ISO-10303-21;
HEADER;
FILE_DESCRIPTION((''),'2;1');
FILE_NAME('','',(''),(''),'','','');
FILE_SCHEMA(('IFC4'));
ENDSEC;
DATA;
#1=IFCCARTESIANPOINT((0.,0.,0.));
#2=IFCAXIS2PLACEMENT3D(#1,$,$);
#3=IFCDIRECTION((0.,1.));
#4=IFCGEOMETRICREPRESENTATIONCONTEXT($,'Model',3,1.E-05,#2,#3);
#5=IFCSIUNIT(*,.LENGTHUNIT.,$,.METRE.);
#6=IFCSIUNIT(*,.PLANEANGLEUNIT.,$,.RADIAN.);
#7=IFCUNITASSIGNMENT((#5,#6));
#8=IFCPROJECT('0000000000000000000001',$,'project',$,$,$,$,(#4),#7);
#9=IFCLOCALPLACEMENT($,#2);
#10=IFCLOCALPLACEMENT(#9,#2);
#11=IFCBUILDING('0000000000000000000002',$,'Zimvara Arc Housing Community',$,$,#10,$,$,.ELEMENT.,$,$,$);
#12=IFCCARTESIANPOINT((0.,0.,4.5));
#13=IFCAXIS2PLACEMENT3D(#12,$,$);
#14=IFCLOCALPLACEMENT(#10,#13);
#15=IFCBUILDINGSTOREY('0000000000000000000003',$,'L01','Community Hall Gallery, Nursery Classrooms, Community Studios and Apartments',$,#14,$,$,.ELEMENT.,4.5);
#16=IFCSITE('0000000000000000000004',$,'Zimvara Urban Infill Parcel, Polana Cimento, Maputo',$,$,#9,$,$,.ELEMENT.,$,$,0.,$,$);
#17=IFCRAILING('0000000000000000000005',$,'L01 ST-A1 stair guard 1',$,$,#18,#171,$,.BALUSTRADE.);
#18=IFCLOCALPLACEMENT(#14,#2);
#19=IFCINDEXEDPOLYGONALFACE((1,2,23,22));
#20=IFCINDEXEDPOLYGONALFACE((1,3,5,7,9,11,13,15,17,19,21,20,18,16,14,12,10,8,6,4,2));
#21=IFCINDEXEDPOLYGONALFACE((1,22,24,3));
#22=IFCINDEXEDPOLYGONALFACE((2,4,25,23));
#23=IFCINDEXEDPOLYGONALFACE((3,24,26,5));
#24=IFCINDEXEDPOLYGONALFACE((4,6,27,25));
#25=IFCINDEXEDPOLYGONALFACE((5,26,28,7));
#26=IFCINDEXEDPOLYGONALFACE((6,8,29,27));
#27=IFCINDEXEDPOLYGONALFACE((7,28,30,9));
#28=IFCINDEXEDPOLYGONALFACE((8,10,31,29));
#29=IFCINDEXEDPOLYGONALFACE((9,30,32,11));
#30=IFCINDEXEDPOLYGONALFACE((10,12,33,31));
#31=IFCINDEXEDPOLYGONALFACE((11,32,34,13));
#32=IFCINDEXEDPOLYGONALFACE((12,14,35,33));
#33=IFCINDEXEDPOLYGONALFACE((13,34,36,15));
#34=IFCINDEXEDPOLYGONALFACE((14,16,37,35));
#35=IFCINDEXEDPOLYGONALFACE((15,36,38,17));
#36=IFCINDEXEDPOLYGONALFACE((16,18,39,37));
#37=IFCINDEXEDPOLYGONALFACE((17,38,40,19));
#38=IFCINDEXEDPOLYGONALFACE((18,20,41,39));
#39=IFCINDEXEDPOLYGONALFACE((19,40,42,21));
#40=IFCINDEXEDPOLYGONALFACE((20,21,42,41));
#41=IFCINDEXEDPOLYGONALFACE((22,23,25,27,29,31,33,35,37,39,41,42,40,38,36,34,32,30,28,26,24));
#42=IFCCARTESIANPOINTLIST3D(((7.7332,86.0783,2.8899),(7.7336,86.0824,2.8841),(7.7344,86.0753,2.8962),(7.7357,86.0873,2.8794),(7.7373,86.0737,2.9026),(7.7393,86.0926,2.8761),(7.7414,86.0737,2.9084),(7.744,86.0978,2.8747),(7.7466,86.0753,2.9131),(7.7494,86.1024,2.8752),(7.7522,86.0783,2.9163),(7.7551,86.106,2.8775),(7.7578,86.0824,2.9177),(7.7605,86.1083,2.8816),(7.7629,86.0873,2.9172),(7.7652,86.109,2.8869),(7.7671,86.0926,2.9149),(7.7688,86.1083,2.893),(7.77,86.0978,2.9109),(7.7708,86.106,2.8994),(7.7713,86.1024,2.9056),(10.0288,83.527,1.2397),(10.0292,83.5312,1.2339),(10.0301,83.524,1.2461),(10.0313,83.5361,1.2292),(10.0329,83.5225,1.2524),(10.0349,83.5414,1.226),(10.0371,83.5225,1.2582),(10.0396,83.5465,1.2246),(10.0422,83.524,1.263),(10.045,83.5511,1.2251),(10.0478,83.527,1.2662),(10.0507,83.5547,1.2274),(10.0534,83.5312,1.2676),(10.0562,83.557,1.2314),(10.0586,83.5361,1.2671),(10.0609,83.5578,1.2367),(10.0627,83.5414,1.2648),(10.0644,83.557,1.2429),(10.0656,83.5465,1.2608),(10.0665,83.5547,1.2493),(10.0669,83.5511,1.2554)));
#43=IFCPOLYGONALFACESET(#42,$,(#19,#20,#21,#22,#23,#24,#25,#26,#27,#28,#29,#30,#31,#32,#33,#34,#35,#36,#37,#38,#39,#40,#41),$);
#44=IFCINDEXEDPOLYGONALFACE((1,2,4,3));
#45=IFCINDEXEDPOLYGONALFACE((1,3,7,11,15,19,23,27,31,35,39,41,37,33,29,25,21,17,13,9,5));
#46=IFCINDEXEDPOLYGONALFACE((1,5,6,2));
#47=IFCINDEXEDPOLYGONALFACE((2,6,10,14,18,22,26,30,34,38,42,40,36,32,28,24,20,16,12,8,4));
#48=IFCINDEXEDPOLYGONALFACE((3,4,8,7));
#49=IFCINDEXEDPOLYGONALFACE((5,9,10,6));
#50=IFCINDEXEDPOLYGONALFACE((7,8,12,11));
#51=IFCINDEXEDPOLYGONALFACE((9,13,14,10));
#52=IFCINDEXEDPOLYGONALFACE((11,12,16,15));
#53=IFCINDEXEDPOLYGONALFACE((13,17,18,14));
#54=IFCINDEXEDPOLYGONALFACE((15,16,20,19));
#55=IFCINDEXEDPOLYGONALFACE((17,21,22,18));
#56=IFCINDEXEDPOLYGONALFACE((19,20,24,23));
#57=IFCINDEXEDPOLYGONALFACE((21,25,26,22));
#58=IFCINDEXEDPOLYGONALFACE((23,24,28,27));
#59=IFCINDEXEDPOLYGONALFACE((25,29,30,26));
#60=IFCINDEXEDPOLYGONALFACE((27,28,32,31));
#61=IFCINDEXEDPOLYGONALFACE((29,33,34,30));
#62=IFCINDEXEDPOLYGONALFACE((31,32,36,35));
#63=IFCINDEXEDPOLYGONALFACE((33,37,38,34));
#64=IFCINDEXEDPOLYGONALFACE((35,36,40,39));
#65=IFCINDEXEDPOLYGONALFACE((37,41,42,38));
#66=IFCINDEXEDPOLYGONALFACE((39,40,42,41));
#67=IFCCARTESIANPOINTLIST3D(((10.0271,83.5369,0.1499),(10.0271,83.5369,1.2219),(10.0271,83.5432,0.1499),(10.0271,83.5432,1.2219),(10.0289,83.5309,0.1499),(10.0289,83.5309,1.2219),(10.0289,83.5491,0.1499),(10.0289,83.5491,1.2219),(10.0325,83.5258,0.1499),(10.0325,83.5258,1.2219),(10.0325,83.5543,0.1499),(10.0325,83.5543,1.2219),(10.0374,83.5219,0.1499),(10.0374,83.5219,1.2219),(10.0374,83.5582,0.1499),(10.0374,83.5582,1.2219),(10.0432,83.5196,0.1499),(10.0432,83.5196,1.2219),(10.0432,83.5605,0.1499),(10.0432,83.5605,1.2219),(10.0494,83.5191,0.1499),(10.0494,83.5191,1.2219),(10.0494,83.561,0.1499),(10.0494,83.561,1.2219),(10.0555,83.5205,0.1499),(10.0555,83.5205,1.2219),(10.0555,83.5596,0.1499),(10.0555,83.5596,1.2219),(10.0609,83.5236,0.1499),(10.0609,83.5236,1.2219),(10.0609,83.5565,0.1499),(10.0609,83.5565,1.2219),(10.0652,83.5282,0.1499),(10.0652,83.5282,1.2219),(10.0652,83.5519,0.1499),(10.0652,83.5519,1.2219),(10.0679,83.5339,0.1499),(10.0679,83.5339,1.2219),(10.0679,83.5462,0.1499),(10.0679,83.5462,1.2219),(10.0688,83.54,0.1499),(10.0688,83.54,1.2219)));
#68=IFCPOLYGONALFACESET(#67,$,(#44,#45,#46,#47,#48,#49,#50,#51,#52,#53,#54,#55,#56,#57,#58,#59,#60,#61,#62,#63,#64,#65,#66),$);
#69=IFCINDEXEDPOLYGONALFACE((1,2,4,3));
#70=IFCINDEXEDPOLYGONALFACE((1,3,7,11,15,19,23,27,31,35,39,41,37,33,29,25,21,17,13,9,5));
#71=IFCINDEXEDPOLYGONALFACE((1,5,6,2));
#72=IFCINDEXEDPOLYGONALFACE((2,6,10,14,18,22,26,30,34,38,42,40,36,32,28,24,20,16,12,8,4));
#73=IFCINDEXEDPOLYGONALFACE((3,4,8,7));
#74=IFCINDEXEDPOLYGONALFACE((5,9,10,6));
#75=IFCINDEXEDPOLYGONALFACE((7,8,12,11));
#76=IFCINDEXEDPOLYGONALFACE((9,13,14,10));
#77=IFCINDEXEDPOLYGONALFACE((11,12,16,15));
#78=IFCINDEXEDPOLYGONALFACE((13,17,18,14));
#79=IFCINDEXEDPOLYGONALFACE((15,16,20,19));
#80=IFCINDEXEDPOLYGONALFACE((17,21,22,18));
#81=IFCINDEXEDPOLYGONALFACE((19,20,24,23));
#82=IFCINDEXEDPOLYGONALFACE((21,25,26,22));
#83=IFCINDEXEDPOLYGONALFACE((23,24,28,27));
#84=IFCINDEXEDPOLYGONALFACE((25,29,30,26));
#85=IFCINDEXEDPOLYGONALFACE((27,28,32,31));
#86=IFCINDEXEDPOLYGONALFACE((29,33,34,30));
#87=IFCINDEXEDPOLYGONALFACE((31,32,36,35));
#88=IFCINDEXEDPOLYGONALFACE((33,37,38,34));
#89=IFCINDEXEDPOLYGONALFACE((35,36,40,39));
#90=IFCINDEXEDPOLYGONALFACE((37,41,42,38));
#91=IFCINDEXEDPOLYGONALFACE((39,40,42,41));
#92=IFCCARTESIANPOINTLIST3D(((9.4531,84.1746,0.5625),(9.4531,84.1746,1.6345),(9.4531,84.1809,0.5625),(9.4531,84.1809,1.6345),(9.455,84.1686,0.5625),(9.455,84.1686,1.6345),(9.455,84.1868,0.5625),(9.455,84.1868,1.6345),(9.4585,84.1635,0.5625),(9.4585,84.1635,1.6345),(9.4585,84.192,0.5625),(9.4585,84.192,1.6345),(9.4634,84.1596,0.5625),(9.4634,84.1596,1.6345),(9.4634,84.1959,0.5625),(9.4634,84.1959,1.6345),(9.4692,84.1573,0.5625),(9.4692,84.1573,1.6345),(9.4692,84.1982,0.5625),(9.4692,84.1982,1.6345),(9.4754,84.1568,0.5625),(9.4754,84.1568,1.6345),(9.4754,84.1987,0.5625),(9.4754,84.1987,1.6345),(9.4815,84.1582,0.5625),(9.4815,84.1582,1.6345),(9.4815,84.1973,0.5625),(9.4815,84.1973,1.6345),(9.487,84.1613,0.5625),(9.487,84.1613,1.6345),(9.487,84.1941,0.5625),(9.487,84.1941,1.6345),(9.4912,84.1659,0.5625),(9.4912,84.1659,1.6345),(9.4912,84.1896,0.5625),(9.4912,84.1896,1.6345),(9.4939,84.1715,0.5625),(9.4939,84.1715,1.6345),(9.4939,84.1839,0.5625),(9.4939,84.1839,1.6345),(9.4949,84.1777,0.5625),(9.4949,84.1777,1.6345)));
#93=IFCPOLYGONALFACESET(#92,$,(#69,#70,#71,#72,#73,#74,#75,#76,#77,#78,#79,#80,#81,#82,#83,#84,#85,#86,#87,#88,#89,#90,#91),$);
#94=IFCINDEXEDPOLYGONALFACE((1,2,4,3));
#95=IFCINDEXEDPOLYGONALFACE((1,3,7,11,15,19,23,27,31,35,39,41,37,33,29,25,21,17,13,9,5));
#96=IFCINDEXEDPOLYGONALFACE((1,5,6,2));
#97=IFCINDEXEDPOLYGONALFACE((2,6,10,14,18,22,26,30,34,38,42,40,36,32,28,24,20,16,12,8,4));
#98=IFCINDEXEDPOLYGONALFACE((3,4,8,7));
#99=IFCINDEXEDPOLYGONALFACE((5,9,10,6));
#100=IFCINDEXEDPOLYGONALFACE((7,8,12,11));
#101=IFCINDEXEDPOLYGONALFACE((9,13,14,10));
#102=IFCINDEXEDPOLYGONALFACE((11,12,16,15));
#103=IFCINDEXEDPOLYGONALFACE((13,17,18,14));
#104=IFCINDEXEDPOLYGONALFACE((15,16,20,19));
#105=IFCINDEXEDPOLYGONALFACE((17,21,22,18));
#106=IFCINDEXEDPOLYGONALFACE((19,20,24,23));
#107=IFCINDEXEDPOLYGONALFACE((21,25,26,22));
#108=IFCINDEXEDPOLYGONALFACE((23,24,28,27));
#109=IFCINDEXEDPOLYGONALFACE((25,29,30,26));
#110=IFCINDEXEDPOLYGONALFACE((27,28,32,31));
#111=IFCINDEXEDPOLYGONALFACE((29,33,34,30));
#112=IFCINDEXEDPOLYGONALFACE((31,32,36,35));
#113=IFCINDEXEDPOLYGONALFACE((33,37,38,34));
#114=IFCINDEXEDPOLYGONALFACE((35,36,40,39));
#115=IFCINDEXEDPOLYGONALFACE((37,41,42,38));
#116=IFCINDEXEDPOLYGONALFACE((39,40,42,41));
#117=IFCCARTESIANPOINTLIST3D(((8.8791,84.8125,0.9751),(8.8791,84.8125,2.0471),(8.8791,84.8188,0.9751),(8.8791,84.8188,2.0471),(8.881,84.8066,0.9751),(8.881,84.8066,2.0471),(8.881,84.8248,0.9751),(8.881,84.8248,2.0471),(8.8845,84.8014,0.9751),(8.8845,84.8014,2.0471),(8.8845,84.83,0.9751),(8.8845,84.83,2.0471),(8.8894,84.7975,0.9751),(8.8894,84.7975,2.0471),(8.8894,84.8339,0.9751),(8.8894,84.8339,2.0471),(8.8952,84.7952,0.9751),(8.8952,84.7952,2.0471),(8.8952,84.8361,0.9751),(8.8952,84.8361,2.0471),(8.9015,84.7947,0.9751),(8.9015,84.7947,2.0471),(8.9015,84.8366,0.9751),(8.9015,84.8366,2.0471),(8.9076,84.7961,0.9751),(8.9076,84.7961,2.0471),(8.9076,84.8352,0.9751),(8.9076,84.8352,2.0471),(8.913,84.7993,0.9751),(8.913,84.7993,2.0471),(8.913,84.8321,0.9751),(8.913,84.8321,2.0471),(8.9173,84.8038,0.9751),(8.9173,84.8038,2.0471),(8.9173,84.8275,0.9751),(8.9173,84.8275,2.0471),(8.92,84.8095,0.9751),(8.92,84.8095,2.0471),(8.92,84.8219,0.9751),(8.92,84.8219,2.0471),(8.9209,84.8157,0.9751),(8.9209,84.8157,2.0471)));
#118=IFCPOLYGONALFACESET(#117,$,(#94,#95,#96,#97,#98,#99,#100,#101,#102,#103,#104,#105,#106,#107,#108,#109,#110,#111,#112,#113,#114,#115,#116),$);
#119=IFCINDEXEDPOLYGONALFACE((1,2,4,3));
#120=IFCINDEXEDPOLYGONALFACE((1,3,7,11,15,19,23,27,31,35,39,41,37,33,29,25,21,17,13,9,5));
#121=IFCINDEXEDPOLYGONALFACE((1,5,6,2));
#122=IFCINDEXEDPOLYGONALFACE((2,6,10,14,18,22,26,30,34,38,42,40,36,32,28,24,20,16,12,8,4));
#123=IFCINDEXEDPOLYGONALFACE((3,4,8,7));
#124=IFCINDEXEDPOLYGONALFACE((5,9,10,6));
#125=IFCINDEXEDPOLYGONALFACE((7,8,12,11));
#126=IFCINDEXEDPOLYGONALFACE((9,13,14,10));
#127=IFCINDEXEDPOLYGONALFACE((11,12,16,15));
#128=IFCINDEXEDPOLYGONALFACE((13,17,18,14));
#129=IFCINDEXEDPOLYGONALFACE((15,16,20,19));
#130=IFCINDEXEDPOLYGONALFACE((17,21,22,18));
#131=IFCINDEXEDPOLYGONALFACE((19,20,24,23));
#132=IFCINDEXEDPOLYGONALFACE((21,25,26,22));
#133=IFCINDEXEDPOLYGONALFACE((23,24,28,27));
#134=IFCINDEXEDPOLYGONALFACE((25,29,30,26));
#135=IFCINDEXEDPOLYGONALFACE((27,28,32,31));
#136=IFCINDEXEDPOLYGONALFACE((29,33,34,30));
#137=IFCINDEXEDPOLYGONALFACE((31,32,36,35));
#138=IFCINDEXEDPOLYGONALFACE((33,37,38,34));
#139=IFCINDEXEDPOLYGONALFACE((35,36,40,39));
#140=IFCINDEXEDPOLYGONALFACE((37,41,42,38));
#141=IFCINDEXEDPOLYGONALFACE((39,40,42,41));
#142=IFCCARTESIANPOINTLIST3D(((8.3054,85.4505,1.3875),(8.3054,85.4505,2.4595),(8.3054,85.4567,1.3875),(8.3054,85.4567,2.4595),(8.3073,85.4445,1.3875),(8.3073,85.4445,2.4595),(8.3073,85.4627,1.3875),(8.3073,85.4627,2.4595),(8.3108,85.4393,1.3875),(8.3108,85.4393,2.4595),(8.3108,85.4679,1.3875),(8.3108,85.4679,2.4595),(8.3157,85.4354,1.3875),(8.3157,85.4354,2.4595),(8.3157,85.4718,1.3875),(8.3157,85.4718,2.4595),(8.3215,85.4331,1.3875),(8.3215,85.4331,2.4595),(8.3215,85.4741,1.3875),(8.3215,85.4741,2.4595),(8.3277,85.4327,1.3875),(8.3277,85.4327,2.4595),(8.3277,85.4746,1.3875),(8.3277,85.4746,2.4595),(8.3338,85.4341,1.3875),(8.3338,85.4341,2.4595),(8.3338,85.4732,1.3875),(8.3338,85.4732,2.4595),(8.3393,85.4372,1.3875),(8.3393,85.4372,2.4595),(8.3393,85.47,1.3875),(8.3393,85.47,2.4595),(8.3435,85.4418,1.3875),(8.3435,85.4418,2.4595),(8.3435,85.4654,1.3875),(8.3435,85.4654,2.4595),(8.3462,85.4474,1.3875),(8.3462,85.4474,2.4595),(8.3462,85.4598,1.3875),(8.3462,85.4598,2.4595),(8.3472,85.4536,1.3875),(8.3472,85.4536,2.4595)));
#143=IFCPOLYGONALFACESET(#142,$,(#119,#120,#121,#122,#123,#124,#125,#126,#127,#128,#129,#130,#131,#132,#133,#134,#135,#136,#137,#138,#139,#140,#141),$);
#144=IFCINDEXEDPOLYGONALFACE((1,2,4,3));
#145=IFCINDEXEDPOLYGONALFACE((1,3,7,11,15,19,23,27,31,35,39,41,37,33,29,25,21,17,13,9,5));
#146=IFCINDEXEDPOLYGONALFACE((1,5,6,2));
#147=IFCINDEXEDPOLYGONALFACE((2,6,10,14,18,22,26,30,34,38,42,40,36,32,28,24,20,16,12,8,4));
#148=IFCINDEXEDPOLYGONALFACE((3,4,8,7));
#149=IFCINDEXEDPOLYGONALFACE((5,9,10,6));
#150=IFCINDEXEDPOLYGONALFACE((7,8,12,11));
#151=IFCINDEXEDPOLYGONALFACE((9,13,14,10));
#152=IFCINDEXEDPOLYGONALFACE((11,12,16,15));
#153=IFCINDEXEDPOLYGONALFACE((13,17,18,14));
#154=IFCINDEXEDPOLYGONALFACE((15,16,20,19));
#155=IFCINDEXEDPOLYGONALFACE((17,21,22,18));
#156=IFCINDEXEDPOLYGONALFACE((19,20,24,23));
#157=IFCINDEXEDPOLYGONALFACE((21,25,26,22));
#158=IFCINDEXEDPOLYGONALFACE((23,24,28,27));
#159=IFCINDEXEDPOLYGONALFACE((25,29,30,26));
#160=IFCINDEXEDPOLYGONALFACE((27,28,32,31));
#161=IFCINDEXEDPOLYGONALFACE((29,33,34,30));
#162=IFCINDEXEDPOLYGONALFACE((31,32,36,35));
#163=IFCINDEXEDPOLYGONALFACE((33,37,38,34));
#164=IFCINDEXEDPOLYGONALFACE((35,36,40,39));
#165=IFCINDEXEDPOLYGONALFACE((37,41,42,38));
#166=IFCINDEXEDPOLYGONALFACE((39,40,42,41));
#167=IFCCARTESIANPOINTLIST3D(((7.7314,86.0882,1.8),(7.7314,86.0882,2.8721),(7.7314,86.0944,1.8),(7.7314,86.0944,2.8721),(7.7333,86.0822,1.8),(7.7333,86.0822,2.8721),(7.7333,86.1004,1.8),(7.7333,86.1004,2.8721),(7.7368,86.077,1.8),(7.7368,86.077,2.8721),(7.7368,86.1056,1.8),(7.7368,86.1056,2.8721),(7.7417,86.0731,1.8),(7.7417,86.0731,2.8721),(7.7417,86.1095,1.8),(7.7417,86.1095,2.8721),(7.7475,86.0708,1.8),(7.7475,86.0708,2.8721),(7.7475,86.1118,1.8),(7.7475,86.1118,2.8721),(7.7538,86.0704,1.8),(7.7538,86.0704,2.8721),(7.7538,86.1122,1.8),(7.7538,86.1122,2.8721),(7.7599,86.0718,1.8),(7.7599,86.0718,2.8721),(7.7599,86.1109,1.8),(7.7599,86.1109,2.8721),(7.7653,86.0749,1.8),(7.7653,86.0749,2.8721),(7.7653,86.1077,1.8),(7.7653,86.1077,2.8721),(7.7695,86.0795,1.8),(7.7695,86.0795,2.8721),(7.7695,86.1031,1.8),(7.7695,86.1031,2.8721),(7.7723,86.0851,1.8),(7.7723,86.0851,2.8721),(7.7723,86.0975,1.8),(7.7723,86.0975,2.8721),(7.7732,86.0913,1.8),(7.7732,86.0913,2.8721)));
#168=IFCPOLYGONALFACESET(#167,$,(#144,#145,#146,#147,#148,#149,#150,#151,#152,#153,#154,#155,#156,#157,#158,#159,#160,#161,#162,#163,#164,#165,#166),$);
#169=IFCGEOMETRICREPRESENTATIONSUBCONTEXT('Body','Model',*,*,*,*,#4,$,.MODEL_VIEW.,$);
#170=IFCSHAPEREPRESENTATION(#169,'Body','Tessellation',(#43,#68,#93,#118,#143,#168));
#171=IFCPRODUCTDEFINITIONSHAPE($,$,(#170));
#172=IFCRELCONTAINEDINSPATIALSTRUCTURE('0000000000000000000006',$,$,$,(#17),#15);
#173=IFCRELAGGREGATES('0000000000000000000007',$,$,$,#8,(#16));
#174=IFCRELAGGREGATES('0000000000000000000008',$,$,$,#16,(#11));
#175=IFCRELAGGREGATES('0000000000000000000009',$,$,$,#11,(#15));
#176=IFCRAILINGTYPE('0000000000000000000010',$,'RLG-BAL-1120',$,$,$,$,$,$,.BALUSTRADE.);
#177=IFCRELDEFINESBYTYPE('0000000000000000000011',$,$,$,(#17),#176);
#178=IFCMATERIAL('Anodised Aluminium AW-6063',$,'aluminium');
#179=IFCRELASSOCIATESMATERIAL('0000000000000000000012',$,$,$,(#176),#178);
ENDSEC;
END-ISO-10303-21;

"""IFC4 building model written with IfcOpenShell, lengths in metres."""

from ifc_helpers import new_model, si_unit, direction, frame, origin, origin_2d, place, context, subcontext, project, spatial, circle, extrude, material, type_object, element, save


model = new_model("IFC4")

# Units and contexts
model_context = context("Model", 3, precision=1e-05, world=origin(), true_north=direction((0.0, 1.0)))
body_context = subcontext(model_context, "Body", "Model", "MODEL_VIEW")
ifc_project = project(units=[si_unit("LENGTHUNIT", "METRE"), si_unit("PLANEANGLEUNIT", "RADIAN")], contexts=[model_context])

# Site, building, storey
site_placement = place(None, origin())
site = spatial("IfcSite", under=ifc_project, at=site_placement, Name="Zimvara Urban Infill Parcel, Polana Cimento, Maputo", CompositionType="ELEMENT", RefElevation=0.0)
building_placement = place(site_placement, origin())
building = spatial("IfcBuilding", under=site, at=building_placement, Name="Zimvara Arc Housing Community", CompositionType="ELEMENT")
storey_placement = place(building_placement, frame((0.0, 0.0, 4.5)))
storey = spatial("IfcBuildingStorey", under=building, at=storey_placement, Name="L01", Description="Community Hall Gallery, Nursery Classrooms, Community Studios and Apartments", CompositionType="ELEMENT", Elevation=4.5)

# Railing
ifc_material_1 = material(Name="Anodised Aluminium AW-6063", Category="aluminium")
railing_type_1 = type_object("IfcRailingType", Name="RLG-BAL-1120", PredefinedType="BALUSTRADE", material=ifc_material_1)
railing_1_placement = place(storey_placement, frame((10.0479, 83.54, 0.1499)))
element("IfcRailing", 1, at=railing_1_placement, inside=storey, type_object=railing_type_1, Name="L01 ST-A1 stair guard 1", PredefinedType="BALUSTRADE", context=body_context, shape_type="SweptSolid", body=[
    extrude(circle(Radius=0.0239, at=origin_2d()), frame((0.0, 0.0, 1.0962), z_axis=(-0.602827, 0.66995, 0.43332), x_axis=(-0.743365, -0.668886, 0.0)), (0.0, 0.0, 1.0), 3.8081),
    extrude(circle(Radius=0.021, at=origin_2d()), origin(), (0.0, 0.0, 1.0), 1.072),
    extrude(circle(Radius=0.021, at=origin_2d()), frame((-0.574, 0.6377, 0.4126)), (0.0, 0.0, 1.0), 1.072),
    extrude(circle(Radius=0.021, at=origin_2d()), frame((-1.1479, 1.2756, 0.8252)), (0.0, 0.0, 1.0), 1.072),
    extrude(circle(Radius=0.021, at=origin_2d()), frame((-1.7217, 1.9136, 1.2375)), (0.0, 0.0, 1.0), 1.072),
    extrude(circle(Radius=0.021, at=origin_2d()), frame((-2.2957, 2.5513, 1.6501)), (0.0, 0.0, 1.0), 1.072),
])

save(model, "model.ifc")
